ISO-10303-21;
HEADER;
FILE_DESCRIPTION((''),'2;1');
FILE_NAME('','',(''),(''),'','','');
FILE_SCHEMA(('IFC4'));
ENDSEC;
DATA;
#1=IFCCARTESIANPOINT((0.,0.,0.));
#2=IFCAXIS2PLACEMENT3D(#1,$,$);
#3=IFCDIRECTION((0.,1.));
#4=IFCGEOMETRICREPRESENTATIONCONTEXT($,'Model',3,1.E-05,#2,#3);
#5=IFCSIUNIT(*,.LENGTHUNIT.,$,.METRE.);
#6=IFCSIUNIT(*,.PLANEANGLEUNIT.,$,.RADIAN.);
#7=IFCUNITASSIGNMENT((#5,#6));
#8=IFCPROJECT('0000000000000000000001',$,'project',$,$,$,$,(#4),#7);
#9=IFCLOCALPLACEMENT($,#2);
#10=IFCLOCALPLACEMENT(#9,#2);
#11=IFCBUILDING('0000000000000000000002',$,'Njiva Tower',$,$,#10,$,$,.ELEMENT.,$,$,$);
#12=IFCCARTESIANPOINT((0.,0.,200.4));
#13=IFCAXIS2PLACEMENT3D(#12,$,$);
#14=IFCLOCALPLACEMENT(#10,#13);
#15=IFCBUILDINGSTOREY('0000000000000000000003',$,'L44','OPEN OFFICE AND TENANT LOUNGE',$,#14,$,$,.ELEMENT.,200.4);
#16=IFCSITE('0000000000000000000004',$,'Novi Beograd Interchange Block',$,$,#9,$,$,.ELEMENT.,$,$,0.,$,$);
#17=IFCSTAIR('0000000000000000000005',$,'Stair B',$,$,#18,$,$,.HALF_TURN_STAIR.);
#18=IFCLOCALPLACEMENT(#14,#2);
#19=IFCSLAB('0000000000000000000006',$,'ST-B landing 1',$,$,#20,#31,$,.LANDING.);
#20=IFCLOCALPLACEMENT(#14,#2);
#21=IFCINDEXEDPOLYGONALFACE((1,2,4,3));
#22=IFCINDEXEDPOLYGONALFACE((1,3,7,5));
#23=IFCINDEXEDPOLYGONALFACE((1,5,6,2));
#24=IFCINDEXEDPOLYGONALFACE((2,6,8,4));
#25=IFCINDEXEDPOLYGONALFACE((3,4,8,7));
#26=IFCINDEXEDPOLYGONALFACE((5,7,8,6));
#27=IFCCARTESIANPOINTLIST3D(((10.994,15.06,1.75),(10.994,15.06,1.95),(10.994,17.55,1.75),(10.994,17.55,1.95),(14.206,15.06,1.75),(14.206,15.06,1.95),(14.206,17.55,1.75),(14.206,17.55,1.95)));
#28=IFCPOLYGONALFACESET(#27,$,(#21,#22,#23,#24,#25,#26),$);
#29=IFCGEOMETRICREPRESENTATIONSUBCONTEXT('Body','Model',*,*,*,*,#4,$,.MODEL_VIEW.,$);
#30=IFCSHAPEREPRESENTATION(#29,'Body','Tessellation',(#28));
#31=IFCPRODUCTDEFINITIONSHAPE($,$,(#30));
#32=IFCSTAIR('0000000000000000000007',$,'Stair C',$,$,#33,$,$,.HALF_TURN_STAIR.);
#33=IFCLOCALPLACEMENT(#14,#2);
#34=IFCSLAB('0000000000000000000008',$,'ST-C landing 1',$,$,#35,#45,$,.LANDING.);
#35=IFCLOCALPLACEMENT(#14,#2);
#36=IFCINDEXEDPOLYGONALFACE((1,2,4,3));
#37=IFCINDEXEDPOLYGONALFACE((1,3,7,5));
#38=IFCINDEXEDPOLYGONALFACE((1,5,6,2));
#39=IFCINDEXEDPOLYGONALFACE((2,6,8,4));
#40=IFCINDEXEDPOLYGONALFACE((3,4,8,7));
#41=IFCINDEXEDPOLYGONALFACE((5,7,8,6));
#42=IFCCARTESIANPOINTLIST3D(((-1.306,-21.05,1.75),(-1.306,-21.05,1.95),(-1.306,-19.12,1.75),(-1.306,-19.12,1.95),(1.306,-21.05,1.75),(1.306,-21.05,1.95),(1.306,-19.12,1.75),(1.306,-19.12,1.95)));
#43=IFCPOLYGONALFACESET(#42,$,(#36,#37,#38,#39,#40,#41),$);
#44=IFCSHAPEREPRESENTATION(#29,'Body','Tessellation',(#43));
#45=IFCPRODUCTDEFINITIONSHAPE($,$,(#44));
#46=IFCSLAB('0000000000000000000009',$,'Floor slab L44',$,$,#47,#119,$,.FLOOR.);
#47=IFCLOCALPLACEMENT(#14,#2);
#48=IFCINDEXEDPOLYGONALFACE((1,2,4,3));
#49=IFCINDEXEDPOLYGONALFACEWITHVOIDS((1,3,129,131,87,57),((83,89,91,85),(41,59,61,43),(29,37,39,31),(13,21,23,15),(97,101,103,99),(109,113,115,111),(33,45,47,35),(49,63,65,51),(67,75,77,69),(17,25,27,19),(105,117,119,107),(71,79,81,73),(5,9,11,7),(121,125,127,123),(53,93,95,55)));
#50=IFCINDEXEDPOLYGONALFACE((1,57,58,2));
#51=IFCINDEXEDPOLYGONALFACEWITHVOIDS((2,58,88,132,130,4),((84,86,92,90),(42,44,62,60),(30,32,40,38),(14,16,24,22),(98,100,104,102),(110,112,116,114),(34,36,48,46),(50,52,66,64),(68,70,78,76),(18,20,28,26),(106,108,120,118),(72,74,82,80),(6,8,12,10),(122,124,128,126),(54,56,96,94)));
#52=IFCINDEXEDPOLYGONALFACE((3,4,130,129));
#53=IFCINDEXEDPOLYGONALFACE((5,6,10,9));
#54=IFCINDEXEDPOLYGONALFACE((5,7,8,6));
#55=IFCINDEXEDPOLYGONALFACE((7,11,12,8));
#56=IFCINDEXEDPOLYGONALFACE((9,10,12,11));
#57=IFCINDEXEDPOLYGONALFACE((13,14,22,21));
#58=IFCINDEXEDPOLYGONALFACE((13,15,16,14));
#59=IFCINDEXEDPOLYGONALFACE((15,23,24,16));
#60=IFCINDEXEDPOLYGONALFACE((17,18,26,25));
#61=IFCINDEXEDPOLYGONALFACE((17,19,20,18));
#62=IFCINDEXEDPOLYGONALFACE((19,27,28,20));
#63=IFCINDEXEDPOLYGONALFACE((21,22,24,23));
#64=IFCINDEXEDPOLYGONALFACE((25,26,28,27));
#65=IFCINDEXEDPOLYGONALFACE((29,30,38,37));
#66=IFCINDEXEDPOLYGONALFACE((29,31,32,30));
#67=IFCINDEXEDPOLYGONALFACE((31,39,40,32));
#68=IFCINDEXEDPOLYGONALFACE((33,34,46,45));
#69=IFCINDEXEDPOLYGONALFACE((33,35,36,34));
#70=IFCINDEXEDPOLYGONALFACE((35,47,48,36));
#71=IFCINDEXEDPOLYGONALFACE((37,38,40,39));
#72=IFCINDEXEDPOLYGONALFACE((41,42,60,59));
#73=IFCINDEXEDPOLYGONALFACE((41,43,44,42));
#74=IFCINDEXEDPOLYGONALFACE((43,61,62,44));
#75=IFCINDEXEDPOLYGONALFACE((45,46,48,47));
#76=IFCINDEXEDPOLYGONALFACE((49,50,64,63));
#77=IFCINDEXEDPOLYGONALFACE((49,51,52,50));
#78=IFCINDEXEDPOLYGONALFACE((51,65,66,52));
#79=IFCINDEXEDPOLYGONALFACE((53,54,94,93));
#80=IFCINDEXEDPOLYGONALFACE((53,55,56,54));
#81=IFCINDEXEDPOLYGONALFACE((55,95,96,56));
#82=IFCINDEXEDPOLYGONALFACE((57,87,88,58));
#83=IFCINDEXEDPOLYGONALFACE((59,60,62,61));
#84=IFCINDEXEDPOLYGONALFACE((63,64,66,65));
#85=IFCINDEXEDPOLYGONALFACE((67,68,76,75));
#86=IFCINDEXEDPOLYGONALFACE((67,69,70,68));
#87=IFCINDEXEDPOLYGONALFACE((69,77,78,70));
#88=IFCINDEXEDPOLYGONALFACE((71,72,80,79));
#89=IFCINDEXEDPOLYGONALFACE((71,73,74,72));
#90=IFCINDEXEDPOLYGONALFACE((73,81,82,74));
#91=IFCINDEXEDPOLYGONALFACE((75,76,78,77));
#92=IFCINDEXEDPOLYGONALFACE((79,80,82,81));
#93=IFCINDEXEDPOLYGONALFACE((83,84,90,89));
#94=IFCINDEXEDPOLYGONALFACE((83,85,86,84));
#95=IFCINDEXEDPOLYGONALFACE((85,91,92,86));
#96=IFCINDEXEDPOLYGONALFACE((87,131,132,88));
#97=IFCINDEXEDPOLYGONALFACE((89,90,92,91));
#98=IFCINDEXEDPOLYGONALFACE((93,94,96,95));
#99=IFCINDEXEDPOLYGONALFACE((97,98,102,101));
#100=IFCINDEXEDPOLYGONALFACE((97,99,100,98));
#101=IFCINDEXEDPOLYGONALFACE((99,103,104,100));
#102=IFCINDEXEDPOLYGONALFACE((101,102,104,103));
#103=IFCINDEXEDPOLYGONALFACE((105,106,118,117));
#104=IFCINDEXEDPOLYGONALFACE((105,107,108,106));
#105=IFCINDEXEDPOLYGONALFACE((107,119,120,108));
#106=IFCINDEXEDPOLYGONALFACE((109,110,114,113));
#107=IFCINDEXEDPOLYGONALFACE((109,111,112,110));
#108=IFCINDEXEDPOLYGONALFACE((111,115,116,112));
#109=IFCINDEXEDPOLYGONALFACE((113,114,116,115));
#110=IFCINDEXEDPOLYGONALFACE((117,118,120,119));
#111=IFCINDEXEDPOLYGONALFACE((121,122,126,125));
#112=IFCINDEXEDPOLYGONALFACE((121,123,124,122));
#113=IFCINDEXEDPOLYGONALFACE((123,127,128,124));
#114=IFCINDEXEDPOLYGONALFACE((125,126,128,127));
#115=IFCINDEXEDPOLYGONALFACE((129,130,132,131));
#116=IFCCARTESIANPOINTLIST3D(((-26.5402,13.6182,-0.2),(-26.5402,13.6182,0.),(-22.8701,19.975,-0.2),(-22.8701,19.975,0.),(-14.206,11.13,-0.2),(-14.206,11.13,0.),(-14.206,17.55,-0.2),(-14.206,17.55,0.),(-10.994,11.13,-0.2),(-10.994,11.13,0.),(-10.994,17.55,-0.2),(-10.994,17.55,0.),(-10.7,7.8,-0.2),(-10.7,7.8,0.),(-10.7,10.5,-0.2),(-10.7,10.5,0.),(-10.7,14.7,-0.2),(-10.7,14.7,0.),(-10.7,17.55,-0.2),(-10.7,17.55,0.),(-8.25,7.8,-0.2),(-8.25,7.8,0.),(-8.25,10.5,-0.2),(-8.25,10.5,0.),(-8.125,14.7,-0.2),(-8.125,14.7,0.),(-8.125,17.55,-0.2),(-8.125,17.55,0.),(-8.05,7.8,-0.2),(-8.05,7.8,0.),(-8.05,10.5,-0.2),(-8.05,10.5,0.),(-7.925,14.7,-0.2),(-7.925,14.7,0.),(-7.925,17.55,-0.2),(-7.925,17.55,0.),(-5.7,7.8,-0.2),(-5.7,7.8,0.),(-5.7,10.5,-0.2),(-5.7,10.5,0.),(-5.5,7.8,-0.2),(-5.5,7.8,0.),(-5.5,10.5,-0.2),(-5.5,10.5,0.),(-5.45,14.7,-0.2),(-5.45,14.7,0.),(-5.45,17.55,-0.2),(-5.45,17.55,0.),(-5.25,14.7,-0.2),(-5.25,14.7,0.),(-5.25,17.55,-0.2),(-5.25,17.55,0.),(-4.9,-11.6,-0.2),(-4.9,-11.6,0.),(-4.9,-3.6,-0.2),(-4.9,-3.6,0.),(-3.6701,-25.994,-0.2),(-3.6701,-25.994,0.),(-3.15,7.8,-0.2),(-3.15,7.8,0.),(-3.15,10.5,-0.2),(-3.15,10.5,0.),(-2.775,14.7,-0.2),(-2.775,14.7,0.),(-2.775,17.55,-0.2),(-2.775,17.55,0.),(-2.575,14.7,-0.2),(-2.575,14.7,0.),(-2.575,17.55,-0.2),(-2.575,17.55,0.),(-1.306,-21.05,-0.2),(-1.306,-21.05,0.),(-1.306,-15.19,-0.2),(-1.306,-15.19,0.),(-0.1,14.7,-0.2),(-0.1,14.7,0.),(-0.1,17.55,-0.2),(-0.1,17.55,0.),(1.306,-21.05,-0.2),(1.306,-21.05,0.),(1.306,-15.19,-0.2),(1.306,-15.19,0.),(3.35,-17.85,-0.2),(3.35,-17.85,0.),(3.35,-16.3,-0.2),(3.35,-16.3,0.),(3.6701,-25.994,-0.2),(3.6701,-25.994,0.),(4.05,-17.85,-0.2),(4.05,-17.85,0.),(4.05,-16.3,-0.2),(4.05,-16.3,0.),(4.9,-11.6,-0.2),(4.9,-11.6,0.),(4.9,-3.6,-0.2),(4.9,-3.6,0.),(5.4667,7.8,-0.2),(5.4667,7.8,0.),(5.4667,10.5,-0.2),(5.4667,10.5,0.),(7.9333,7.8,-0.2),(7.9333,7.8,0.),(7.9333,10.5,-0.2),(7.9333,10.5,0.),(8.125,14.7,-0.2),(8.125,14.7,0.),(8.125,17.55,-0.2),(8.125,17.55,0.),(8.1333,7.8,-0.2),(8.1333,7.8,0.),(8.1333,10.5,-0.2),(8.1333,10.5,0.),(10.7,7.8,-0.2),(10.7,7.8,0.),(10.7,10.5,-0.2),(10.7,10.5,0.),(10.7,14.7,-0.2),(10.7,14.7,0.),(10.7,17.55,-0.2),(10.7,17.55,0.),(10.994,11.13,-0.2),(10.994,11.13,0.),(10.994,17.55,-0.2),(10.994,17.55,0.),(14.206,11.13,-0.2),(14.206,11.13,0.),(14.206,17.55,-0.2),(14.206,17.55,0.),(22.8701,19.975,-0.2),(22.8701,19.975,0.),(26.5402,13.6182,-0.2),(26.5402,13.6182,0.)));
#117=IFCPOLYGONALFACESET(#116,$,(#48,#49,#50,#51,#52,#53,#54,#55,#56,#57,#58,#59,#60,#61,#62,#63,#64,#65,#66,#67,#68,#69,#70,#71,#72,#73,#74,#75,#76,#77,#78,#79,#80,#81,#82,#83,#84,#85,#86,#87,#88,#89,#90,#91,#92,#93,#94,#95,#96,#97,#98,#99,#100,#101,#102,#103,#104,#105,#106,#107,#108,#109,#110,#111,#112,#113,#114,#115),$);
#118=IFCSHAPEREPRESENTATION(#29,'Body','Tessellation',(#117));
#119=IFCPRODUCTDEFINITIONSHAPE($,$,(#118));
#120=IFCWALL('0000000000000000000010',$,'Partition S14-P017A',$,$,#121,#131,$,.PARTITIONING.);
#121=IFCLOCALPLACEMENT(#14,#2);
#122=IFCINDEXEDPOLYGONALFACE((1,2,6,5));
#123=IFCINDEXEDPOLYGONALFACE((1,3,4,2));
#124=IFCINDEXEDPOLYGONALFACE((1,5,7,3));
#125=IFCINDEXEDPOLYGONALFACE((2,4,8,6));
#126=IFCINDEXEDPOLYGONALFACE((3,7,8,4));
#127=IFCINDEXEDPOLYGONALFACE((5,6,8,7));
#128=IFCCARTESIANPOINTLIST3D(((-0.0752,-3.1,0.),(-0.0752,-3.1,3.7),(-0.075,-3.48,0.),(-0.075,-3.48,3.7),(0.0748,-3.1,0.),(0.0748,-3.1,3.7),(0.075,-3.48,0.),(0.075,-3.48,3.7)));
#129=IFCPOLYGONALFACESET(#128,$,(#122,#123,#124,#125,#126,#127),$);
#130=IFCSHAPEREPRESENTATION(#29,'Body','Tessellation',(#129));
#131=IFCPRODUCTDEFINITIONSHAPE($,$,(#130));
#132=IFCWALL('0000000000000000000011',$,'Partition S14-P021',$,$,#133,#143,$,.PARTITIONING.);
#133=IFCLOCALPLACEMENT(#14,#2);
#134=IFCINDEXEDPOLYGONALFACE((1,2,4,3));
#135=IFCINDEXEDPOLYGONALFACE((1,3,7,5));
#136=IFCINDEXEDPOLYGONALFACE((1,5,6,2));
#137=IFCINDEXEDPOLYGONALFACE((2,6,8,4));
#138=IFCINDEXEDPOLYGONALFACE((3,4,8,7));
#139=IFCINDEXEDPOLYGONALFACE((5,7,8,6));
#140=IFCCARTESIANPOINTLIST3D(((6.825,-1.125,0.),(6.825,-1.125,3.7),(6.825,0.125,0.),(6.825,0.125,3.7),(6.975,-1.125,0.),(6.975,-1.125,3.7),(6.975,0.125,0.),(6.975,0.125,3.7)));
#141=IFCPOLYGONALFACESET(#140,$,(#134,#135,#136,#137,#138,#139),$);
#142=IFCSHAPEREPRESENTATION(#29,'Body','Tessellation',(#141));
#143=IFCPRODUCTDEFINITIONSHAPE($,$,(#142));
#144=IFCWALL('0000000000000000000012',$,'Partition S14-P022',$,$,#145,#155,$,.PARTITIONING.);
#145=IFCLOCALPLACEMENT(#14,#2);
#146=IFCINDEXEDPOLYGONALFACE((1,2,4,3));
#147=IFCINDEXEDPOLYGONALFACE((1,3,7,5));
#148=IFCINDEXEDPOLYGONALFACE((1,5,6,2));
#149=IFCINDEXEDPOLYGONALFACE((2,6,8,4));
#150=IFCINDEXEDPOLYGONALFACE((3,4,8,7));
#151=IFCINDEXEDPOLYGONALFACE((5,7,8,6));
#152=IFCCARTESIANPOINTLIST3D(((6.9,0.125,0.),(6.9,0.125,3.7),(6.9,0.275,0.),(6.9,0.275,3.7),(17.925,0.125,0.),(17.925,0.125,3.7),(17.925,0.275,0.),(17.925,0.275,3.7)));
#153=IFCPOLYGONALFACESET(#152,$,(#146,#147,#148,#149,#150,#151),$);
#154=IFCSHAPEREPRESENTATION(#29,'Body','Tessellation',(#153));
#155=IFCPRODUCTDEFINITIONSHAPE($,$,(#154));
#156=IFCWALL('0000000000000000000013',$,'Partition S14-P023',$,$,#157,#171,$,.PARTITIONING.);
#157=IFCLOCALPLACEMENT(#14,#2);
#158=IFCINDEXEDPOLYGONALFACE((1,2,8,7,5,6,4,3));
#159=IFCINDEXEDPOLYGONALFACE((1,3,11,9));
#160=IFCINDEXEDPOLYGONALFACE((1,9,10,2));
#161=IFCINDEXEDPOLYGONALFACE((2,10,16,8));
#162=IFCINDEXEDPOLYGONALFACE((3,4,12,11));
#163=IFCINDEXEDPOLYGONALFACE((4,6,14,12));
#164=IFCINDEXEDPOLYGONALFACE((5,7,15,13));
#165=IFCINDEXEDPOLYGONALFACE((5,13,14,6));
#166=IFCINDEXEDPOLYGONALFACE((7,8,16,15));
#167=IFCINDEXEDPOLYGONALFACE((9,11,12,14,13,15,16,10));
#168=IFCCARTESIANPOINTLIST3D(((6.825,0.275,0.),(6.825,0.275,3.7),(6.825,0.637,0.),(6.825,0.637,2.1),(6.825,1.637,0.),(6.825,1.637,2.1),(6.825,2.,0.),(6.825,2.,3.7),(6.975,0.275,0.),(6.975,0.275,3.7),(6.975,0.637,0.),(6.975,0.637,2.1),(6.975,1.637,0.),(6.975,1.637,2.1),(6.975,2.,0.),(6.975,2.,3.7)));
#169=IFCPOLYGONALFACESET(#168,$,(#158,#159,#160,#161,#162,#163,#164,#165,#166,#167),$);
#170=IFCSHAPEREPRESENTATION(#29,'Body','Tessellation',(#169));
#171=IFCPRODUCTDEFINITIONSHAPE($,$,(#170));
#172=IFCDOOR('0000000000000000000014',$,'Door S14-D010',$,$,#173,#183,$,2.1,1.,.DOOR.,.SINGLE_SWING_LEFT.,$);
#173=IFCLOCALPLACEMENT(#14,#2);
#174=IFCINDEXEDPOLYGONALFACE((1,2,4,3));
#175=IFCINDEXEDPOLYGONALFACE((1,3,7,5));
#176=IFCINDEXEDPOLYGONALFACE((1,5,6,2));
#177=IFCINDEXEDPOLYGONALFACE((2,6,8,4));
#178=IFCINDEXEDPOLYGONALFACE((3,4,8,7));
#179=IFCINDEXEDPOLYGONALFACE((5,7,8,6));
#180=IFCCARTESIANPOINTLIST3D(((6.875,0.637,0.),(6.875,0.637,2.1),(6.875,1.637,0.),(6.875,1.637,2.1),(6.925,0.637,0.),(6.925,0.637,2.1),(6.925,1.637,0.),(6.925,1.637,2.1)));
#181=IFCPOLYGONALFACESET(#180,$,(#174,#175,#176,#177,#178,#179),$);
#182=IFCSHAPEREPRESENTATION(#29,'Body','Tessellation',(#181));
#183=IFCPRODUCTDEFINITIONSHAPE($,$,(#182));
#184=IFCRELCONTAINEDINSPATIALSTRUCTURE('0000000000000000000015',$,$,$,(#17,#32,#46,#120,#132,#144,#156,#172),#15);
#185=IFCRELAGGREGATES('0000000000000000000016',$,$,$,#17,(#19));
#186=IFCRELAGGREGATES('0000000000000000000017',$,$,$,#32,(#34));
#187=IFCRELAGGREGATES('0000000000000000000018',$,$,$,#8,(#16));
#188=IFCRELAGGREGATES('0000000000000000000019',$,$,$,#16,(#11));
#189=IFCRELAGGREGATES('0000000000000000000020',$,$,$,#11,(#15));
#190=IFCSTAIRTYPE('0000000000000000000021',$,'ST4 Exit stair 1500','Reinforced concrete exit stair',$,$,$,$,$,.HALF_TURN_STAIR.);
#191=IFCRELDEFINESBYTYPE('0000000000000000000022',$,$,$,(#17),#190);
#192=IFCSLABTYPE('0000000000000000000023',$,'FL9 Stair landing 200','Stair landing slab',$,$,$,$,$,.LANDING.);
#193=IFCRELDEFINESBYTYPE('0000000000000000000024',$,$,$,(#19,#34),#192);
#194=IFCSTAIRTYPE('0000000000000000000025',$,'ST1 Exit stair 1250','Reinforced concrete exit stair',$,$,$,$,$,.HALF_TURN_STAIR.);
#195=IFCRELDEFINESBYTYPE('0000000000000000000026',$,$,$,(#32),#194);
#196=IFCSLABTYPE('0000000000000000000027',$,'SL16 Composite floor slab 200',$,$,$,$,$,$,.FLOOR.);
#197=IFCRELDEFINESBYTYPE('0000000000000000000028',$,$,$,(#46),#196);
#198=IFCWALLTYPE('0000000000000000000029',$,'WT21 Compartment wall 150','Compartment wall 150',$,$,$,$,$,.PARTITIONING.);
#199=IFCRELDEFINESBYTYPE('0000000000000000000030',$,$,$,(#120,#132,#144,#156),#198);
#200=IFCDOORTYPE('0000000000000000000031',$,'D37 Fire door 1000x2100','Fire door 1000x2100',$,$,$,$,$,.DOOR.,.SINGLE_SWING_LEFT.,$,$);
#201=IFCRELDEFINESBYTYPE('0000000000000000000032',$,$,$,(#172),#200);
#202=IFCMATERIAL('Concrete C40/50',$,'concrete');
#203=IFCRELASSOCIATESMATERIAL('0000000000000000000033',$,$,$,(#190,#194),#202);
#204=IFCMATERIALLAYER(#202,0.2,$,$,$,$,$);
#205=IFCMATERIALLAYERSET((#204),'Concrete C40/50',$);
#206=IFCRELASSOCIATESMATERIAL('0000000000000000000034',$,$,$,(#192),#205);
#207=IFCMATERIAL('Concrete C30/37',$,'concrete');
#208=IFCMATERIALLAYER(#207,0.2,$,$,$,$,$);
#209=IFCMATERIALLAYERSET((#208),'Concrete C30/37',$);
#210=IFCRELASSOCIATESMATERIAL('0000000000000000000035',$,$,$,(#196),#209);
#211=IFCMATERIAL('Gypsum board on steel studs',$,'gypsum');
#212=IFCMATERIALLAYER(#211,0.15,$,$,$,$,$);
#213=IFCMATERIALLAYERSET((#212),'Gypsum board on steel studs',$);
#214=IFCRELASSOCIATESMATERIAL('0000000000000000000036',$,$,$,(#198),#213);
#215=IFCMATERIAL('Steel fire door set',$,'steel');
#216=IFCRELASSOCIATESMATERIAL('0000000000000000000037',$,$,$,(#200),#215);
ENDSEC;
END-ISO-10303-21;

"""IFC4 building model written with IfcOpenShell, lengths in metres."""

from ifc_helpers import new_model, si_unit, direction, frame, frame_2d, origin, place, context, subcontext, project, spatial, polyline, rectangle, outline, extrude, material, layer, layer_set, type_object, element, fill, aggregate, save


model = new_model("IFC4")

# Units and contexts
model_context = context("Model", 3, precision=1e-05, world=origin(), true_north=direction((0.0, 1.0)))
body_context = subcontext(model_context, "Body", "Model", "MODEL_VIEW")
ifc_project = project(units=[si_unit("LENGTHUNIT", "METRE"), si_unit("PLANEANGLEUNIT", "RADIAN")], contexts=[model_context])

# Site, building, storey
site_placement = place(None, origin())
site = spatial("IfcSite", under=ifc_project, at=site_placement, Name="Novi Beograd Interchange Block", CompositionType="ELEMENT", RefElevation=0.0)
building_placement = place(site_placement, origin())
building = spatial("IfcBuilding", under=site, at=building_placement, Name="Njiva Tower", CompositionType="ELEMENT")
storey_placement = place(building_placement, frame((0.0, 0.0, 200.4)))
storey = spatial("IfcBuildingStorey", under=building, at=storey_placement, Name="L44", Description="OPEN OFFICE AND TENANT LOUNGE", CompositionType="ELEMENT", Elevation=200.4)

# Stairs, slabs
ifc_material_1 = material(Name="Concrete C40/50", Category="concrete")
stair_type_1 = type_object("IfcStairType", Name="ST4 Exit stair 1500", Description="Reinforced concrete exit stair", PredefinedType="HALF_TURN_STAIR", material=ifc_material_1)
ifc_layer_1 = layer(ifc_material_1, 0.2)
ifc_layer_set_1 = layer_set([ifc_layer_1], Name="Concrete C40/50")
slab_type_1 = type_object("IfcSlabType", Name="FL9 Stair landing 200", Description="Stair landing slab", PredefinedType="LANDING", material=ifc_layer_set_1)
stair_1_placement = place(storey_placement, origin())
stair_1 = element("IfcStair", 1, at=stair_1_placement, inside=storey, type_object=stair_type_1, Name="Stair B", PredefinedType="HALF_TURN_STAIR")
slab_1_placement = place(storey_placement, frame((0.0, 0.0, 1.75)))
slab_1 = element("IfcSlab", 2, at=slab_1_placement, type_object=slab_type_1, Name="ST-B landing 1", PredefinedType="LANDING", context=body_context, shape_type="SweptSolid", body=[
    extrude(outline(polyline([(10.994, 15.06), (14.206, 15.06), (14.206, 17.55), (10.994, 17.55), (10.994, 15.06)])), origin(), (0.0, 0.0, 1.0), 0.2),
])
aggregate(stair_1, [slab_1])
stair_type_2 = type_object("IfcStairType", Name="ST1 Exit stair 1250", Description="Reinforced concrete exit stair", PredefinedType="HALF_TURN_STAIR", material=ifc_material_1)
stair_2_placement = place(storey_placement, origin())
stair_2 = element("IfcStair", 3, at=stair_2_placement, inside=storey, type_object=stair_type_2, Name="Stair C", PredefinedType="HALF_TURN_STAIR")
slab_2_placement = place(storey_placement, frame((0.0, 0.0, 1.75)))
slab_2 = element("IfcSlab", 4, at=slab_2_placement, type_object=slab_type_1, Name="ST-C landing 1", PredefinedType="LANDING", context=body_context, shape_type="SweptSolid", body=[
    extrude(outline(polyline([(-1.306, -21.05), (1.306, -21.05), (1.306, -19.12), (-1.306, -19.12), (-1.306, -21.05)])), origin(), (0.0, 0.0, 1.0), 0.2),
])
aggregate(stair_2, [slab_2])

# Slab
ifc_material_2 = material(Name="Concrete C30/37", Category="concrete")
ifc_layer_2 = layer(ifc_material_2, 0.2)
ifc_layer_set_2 = layer_set([ifc_layer_2], Name="Concrete C30/37")
slab_type_2 = type_object("IfcSlabType", Name="SL16 Composite floor slab 200", PredefinedType="FLOOR", material=ifc_layer_set_2)
slab_3_placement = place(storey_placement, frame((0.0, 0.0, -0.2)))
element("IfcSlab", 5, at=slab_3_placement, inside=storey, type_object=slab_type_2, Name="Floor slab L44", PredefinedType="FLOOR", context=body_context, shape_type="SweptSolid", body=[
    extrude(outline(polyline([(26.5402, 13.6182), (3.6701, -25.994), (-3.6701, -25.994), (-26.5402, 13.6182), (-22.8701, 19.975), (22.8701, 19.975), (26.5402, 13.6182)]), holes=[polyline([(10.994, 11.13), (14.206, 11.13), (14.206, 17.55), (10.994, 17.55), (10.994, 11.13)]), polyline([(8.125, 14.7), (10.7, 14.7), (10.7, 17.55), (8.125, 17.55), (8.125, 14.7)]), polyline([(8.1333, 7.8), (10.7, 7.8), (10.7, 10.5), (8.1333, 10.5), (8.1333, 7.8)]), polyline([(5.4667, 7.8), (7.9333, 7.8), (7.9333, 10.5), (5.4667, 10.5), (5.4667, 7.8)]), polyline([(4.9, -11.6), (4.9, -3.6), (-4.9, -3.6), (-4.9, -11.6), (4.9, -11.6)]), polyline([(3.35, -17.85), (4.05, -17.85), (4.05, -16.3), (3.35, -16.3), (3.35, -17.85)]), polyline([(-1.306, -21.05), (1.306, -21.05), (1.306, -15.19), (-1.306, -15.19), (-1.306, -21.05)]), polyline([(-2.575, 14.7), (-0.1, 14.7), (-0.1, 17.55), (-2.575, 17.55), (-2.575, 14.7)]), polyline([(-5.25, 14.7), (-2.775, 14.7), (-2.775, 17.55), (-5.25, 17.55), (-5.25, 14.7)]), polyline([(-5.5, 7.8), (-3.15, 7.8), (-3.15, 10.5), (-5.5, 10.5), (-5.5, 7.8)]), polyline([(-7.925, 14.7), (-5.45, 14.7), (-5.45, 17.55), (-7.925, 17.55), (-7.925, 14.7)]), polyline([(-8.05, 7.8), (-5.7, 7.8), (-5.7, 10.5), (-8.05, 10.5), (-8.05, 7.8)]), polyline([(-10.7, 14.7), (-8.125, 14.7), (-8.125, 17.55), (-10.7, 17.55), (-10.7, 14.7)]), polyline([(-8.25, 7.8), (-8.25, 10.5), (-10.7, 10.5), (-10.7, 7.8), (-8.25, 7.8)]), polyline([(-14.206, 11.13), (-10.994, 11.13), (-10.994, 17.55), (-14.206, 17.55), (-14.206, 11.13)])]), origin(), (0.0, 0.0, 1.0), 0.2),
])

# Walls
ifc_material_3 = material(Name="Gypsum board on steel studs", Category="gypsum")
ifc_layer_3 = layer(ifc_material_3, 0.15)
ifc_layer_set_3 = layer_set([ifc_layer_3], Name="Gypsum board on steel studs")
wall_type_1 = type_object("IfcWallType", Name="WT21 Compartment wall 150", Description="Compartment wall 150", PredefinedType="PARTITIONING", material=ifc_layer_set_3)
wall_1_placement = place(storey_placement, frame((-0.0002, -3.1, 0.0), z_axis=(0.0, 0.0, 1.0), x_axis=(0.000526, -1.0, 0.0)))
element("IfcWall", 6, at=wall_1_placement, inside=storey, type_object=wall_type_1, Name="Partition S14-P017A", PredefinedType="PARTITIONING", context=body_context, shape_type="SweptSolid", body=[
    extrude(rectangle(XDim=0.38, YDim=0.15, at=frame_2d((0.19, 0.0))), origin(), (0.0, 0.0, 1.0), 3.7),
])
wall_2_placement = place(storey_placement, frame((6.9, -1.125, 0.0), z_axis=(0.0, 0.0, 1.0), x_axis=(0.0, 1.0, 0.0)))
element("IfcWall", 7, at=wall_2_placement, inside=storey, type_object=wall_type_1, Name="Partition S14-P021", PredefinedType="PARTITIONING", context=body_context, shape_type="SweptSolid", body=[
    extrude(rectangle(XDim=1.25, YDim=0.15, at=frame_2d((0.625, 0.0))), origin(), (0.0, 0.0, 1.0), 3.7),
])
wall_3_placement = place(storey_placement, frame((6.9, 0.2, 0.0), z_axis=(0.0, 0.0, 1.0), x_axis=(1.0, 0.0, 0.0)))
element("IfcWall", 8, at=wall_3_placement, inside=storey, type_object=wall_type_1, Name="Partition S14-P022", PredefinedType="PARTITIONING", context=body_context, shape_type="SweptSolid", body=[
    extrude(rectangle(XDim=11.025, YDim=0.15, at=frame_2d((5.5125, 0.0))), origin(), (0.0, 0.0, 1.0), 3.7),
])

# Wall, opening, door
wall_4_placement = place(storey_placement, frame((6.9, 0.275, 0.0), z_axis=(0.0, 0.0, 1.0), x_axis=(0.0, 1.0, 0.0)))
wall_4 = element("IfcWall", 9, at=wall_4_placement, inside=storey, type_object=wall_type_1, Name="Partition S14-P023", PredefinedType="PARTITIONING", context=body_context, shape_type="SweptSolid", body=[
    extrude(rectangle(XDim=1.725, YDim=0.15, at=frame_2d((0.8625, 0.0))), origin(), (0.0, 0.0, 1.0), 3.7),
])
opening_1_placement = place(wall_4_placement, frame((0.362, 0.0, 0.0)))
opening_1 = element("IfcOpeningElement", 10, at=opening_1_placement, cuts=wall_4, PredefinedType="OPENING", context=body_context, shape_type="SweptSolid", body=[
    extrude(rectangle(XDim=1.0, YDim=2.1, at=frame_2d((0.5, 1.05))), frame((0.0, 0.085, 0.0), z_axis=(0.0, -1.0, 0.0), x_axis=(1.0, 0.0, 0.0)), (0.0, 0.0, 1.0), 0.17),
])
ifc_material_4 = material(Name="Steel fire door set", Category="steel")
door_type = type_object("IfcDoorType", Name="D37 Fire door 1000x2100", Description="Fire door 1000x2100", OperationType="SINGLE_SWING_LEFT", PredefinedType="DOOR", material=ifc_material_4)
door_1_placement = place(opening_1_placement, origin())
door_1 = element("IfcDoor", 11, at=door_1_placement, inside=storey, type_object=door_type, Name="Door S14-D010", OperationType="SINGLE_SWING_LEFT", OverallHeight=2.1, OverallWidth=1.0, PredefinedType="DOOR", context=body_context, shape_type="SweptSolid", body=[
    extrude(rectangle(XDim=1.0, YDim=2.1, at=frame_2d((0.5, 1.05))), frame((0.0, 0.025, 0.0), z_axis=(0.0, -1.0, 0.0), x_axis=(1.0, 0.0, 0.0)), (0.0, 0.0, 1.0), 0.05),
])
fill(opening_1, door_1)

save(model, "model.ifc")
